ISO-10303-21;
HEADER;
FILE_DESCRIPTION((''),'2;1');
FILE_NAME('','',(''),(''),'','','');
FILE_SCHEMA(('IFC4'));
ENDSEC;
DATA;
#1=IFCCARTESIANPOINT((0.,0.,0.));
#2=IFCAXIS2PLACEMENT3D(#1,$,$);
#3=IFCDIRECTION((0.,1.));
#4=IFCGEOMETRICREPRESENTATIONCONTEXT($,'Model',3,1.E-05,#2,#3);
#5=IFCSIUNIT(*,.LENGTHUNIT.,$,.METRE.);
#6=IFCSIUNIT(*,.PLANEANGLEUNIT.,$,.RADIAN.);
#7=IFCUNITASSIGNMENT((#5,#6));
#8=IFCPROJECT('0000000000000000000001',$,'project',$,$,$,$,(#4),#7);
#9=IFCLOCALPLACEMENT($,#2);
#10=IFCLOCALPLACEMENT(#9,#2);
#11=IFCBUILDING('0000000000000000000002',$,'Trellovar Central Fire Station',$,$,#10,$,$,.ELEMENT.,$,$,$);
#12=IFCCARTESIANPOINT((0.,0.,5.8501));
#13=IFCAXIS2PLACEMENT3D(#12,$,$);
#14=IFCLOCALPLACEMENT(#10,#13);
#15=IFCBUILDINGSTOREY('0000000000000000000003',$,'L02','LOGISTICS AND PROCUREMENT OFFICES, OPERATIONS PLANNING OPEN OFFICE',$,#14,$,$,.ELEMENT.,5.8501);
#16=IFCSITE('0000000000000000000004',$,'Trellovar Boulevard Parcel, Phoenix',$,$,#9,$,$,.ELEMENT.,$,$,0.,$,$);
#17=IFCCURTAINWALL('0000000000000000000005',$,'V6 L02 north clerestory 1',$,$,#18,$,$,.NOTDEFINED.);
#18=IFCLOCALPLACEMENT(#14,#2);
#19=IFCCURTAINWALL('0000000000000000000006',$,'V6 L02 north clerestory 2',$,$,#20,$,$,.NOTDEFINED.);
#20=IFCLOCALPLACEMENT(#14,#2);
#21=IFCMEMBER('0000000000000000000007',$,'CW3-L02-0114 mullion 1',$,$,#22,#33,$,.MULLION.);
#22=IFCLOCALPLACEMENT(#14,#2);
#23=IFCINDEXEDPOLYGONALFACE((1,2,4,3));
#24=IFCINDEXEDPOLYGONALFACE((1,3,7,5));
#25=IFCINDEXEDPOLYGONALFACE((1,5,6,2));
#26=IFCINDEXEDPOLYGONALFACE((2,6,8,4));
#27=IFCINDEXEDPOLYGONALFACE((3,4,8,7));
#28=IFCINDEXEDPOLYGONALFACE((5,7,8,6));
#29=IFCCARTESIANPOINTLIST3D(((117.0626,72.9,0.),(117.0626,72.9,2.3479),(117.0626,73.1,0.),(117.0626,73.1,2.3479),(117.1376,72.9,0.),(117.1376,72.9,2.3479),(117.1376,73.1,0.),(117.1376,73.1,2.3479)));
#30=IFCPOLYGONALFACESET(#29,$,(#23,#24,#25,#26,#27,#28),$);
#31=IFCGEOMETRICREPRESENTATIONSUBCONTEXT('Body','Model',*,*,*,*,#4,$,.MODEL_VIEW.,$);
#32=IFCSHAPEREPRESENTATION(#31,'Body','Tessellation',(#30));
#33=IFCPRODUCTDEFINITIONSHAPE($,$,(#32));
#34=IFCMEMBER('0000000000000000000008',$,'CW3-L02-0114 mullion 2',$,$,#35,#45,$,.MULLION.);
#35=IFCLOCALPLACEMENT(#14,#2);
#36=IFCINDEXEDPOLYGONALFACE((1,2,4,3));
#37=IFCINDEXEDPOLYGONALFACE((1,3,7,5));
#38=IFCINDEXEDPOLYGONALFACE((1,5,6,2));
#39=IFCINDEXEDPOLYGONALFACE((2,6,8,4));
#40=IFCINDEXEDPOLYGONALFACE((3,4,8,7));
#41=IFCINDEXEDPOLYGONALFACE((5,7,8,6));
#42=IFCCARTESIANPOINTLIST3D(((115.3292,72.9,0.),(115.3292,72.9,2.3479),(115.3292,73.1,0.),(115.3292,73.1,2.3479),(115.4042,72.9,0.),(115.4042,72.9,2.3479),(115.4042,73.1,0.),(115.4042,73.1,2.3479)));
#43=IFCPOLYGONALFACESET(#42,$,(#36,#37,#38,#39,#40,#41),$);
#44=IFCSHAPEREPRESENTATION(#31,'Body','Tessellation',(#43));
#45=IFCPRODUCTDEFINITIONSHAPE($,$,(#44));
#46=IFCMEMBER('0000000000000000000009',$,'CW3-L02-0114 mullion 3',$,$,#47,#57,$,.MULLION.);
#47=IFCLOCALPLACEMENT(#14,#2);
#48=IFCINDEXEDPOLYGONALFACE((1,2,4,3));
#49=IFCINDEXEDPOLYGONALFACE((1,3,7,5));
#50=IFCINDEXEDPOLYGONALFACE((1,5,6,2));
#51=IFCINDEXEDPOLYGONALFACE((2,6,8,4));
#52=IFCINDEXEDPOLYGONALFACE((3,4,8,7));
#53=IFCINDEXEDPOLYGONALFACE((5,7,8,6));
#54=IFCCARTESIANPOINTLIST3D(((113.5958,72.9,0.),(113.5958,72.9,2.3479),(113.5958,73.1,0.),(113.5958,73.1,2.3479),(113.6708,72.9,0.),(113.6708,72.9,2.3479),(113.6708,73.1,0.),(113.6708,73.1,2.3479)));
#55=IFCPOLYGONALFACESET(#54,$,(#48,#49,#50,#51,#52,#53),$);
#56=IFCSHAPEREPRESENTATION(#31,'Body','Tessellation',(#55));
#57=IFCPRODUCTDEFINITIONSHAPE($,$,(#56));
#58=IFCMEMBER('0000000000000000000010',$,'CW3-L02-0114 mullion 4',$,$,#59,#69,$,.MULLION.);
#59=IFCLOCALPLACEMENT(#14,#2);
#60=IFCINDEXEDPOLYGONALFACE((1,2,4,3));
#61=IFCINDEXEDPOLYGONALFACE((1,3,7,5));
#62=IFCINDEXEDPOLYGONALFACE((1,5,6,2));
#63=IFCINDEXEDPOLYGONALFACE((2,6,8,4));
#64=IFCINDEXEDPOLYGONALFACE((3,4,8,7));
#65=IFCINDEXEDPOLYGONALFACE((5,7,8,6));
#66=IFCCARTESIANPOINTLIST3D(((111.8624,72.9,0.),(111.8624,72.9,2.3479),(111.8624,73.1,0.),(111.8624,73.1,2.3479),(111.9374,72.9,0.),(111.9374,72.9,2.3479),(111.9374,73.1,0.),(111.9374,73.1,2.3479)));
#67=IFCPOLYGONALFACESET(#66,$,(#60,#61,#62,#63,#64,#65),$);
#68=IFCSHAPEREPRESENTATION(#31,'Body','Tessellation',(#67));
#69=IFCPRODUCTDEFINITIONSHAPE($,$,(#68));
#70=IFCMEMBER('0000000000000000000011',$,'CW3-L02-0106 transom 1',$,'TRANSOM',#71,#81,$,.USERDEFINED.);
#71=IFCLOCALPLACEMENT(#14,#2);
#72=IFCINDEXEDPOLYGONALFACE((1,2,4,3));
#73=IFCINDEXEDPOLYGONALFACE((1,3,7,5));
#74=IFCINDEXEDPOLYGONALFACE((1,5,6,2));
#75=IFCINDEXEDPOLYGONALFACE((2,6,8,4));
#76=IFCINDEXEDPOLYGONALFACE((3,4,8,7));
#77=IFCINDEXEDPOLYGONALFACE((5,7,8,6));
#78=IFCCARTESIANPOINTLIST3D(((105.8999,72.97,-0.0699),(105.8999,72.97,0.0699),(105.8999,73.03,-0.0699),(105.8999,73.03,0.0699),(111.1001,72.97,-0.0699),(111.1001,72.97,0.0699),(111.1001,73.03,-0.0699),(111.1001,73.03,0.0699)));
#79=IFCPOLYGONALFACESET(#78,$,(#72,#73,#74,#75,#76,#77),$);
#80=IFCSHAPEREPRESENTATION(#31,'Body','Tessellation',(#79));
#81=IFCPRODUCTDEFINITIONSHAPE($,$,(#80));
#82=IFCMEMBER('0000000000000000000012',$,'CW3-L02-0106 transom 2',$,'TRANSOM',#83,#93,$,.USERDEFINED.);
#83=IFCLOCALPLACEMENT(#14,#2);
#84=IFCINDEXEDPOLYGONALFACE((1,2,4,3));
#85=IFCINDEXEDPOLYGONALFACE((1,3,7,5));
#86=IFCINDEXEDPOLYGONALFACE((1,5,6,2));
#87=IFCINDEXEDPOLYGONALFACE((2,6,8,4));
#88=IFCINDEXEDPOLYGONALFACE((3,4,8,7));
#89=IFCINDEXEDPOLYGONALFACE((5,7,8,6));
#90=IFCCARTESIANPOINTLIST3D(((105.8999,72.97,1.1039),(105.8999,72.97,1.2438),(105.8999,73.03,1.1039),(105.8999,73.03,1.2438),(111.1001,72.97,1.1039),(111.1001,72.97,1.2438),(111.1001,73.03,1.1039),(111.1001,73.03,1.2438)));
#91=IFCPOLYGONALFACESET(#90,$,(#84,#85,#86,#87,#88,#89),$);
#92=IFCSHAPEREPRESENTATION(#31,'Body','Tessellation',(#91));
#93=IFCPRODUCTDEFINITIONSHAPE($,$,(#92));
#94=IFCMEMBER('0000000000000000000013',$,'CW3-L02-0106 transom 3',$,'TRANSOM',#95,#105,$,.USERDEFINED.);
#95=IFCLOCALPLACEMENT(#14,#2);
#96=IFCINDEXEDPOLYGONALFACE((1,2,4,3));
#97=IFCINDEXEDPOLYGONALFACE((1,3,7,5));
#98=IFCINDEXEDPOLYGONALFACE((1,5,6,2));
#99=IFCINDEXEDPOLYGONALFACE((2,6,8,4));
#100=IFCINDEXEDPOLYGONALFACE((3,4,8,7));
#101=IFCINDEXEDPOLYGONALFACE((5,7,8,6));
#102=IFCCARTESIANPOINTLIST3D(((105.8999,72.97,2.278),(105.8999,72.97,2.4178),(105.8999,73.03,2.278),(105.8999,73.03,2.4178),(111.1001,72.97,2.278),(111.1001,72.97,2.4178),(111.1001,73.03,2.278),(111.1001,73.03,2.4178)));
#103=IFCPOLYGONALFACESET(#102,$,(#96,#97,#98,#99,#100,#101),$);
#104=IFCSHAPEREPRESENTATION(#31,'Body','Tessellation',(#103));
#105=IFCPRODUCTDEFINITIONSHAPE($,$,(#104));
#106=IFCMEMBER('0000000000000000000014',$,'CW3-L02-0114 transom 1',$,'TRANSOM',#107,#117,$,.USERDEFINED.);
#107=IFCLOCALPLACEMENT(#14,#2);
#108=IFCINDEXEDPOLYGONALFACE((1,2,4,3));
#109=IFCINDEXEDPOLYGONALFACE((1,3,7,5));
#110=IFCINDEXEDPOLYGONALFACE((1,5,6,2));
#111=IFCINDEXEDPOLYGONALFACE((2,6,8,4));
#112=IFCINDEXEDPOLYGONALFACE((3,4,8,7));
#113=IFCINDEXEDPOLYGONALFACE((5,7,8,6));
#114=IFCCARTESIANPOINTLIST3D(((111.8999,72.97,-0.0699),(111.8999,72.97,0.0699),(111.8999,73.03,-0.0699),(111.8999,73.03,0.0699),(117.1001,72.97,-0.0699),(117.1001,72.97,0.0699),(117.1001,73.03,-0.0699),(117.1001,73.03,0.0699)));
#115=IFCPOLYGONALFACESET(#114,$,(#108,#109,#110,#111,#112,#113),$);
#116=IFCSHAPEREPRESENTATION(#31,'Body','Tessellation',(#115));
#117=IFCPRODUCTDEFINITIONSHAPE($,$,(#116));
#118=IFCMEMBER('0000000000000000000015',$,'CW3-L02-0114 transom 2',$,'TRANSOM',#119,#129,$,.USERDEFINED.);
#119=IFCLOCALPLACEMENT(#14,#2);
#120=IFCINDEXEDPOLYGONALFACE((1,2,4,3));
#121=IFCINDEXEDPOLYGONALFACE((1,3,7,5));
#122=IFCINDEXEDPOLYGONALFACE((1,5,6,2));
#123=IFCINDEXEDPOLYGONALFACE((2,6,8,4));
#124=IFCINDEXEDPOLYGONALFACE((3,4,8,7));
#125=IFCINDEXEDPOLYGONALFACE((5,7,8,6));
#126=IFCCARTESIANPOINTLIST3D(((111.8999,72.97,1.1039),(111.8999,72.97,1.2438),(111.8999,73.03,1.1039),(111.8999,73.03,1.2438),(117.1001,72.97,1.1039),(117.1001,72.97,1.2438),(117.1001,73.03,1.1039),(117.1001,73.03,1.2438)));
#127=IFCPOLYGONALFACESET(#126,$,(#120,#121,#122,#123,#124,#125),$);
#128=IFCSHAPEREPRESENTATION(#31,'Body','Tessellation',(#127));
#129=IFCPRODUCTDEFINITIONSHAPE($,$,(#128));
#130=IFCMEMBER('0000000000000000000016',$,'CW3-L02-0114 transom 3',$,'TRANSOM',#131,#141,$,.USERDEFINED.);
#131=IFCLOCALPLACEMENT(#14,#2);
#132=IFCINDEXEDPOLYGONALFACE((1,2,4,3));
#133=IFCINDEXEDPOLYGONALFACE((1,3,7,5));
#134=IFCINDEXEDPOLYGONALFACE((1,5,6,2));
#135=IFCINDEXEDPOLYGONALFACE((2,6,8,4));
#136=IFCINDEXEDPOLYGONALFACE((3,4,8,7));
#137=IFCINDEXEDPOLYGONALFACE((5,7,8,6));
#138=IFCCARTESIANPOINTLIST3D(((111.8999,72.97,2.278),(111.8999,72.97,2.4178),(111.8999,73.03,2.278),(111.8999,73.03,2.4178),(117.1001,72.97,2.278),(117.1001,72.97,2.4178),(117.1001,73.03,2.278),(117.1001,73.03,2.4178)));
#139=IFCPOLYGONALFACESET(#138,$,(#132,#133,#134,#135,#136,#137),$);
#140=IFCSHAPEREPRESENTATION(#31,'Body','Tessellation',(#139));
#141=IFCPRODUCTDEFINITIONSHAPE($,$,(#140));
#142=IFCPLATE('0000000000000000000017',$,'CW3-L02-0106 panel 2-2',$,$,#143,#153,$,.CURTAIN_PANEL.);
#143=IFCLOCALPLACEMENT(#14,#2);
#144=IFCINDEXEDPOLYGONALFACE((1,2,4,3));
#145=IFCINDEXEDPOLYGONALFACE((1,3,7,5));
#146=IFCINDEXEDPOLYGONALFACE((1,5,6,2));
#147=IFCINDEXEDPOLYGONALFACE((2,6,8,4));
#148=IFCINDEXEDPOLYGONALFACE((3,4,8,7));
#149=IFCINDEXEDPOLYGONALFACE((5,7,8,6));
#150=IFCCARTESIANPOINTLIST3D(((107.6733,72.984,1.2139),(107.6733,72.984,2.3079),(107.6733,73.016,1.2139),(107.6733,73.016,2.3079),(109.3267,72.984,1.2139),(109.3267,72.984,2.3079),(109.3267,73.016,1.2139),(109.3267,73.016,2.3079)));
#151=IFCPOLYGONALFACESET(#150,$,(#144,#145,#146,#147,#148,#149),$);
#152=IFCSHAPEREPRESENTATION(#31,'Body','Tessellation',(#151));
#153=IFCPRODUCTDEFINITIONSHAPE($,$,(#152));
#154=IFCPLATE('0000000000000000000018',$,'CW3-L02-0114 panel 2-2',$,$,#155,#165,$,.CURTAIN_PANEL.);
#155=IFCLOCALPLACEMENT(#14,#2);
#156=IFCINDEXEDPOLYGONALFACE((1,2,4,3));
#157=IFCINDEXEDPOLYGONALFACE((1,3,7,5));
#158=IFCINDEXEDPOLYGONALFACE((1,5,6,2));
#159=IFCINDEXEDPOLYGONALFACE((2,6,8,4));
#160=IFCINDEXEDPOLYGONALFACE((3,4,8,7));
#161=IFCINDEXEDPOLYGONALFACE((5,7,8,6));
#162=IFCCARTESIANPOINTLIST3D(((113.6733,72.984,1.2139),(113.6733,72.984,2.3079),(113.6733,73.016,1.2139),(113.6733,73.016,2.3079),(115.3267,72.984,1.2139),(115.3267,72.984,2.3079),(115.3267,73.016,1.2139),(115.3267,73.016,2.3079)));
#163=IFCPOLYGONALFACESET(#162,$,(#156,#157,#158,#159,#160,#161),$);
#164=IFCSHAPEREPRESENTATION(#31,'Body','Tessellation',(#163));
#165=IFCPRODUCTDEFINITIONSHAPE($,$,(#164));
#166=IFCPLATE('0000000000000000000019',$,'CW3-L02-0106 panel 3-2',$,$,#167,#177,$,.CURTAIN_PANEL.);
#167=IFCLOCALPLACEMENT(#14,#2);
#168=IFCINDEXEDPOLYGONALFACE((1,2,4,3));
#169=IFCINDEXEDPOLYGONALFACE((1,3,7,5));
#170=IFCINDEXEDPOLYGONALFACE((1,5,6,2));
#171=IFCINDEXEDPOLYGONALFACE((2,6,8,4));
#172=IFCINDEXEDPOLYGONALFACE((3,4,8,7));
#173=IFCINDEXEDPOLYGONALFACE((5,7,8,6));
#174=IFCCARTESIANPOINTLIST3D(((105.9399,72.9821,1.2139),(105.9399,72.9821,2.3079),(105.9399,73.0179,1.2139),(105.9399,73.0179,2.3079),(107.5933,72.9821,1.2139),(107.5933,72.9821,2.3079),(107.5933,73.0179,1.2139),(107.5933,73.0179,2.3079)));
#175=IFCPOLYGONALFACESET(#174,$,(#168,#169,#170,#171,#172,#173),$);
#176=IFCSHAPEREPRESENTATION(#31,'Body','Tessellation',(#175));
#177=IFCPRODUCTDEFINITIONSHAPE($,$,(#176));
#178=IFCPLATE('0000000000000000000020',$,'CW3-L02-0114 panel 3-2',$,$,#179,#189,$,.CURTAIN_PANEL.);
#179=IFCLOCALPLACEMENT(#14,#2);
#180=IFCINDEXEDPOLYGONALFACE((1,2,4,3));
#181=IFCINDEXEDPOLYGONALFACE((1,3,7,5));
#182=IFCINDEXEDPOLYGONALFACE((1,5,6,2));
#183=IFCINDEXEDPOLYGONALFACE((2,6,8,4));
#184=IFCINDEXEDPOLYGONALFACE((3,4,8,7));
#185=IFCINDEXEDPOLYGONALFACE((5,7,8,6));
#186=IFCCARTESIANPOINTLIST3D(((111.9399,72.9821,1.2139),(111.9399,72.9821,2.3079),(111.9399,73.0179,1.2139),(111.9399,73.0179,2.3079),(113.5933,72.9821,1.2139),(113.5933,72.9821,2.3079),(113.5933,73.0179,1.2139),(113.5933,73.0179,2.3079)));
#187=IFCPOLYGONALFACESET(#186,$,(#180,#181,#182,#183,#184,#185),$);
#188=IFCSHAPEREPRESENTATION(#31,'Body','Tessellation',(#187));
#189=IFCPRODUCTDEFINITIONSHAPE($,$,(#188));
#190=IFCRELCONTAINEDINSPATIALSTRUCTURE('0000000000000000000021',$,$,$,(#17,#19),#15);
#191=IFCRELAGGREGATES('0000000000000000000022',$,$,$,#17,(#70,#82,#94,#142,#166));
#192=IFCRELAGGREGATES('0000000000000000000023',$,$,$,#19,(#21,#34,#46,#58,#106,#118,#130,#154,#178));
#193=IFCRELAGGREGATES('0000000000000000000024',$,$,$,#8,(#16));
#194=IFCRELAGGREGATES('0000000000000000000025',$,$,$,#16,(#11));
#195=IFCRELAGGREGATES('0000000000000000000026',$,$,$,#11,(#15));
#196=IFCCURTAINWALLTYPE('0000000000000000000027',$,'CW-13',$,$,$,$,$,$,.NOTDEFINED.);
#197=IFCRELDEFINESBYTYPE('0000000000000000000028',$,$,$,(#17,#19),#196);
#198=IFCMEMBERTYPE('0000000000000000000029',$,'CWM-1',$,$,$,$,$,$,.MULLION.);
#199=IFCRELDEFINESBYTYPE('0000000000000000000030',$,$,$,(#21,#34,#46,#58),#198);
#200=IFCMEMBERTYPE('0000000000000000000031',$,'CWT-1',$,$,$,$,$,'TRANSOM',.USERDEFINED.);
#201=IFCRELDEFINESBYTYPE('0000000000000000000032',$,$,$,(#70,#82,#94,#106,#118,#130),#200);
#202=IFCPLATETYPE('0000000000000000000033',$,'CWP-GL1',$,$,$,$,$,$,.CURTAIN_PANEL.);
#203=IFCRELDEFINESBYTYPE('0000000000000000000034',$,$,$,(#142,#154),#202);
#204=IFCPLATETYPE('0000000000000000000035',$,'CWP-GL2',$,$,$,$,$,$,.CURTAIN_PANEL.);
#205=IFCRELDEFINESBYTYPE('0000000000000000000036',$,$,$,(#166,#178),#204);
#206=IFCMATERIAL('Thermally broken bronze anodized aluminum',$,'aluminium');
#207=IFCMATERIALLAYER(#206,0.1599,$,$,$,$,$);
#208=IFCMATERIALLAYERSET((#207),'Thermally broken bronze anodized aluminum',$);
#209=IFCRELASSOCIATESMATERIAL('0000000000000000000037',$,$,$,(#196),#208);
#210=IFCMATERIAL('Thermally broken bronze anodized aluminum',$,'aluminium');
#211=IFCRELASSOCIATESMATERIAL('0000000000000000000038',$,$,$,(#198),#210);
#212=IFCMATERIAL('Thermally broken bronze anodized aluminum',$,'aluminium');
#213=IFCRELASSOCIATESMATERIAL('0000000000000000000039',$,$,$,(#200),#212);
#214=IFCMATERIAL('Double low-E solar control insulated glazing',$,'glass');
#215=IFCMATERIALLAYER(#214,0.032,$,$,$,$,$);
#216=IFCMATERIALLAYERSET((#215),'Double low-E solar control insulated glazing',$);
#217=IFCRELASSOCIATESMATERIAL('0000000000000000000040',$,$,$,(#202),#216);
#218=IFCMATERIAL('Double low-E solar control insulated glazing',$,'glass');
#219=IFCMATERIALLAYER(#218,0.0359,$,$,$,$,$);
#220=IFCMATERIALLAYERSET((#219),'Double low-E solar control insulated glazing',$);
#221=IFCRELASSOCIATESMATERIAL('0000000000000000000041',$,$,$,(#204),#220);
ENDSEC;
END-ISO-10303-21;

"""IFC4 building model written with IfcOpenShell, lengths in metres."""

from ifc_helpers import new_model, si_unit, direction, frame, origin, origin_2d, place, context, subcontext, project, spatial, rectangle, extrude, material, layer, layer_set, material_profile, profile_set, type_object, element, aggregate, save


model = new_model("IFC4")

# Units and contexts
model_context = context("Model", 3, precision=1e-05, world=origin(), true_north=direction((0.0, 1.0)))
body_context = subcontext(model_context, "Body", "Model", "MODEL_VIEW")
ifc_project = project(units=[si_unit("LENGTHUNIT", "METRE"), si_unit("PLANEANGLEUNIT", "RADIAN")], contexts=[model_context])

# Site, building, storey
site_placement = place(None, origin())
site = spatial("IfcSite", under=ifc_project, at=site_placement, Name="Trellovar Boulevard Parcel, Phoenix", CompositionType="ELEMENT", RefElevation=0.0)
building_placement = place(site_placement, origin())
building = spatial("IfcBuilding", under=site, at=building_placement, Name="Trellovar Central Fire Station", CompositionType="ELEMENT")
storey_placement = place(building_placement, frame((0.0, 0.0, 5.8501)))
storey = spatial("IfcBuildingStorey", under=building, at=storey_placement, Name="L02", Description="LOGISTICS AND PROCUREMENT OFFICES, OPERATIONS PLANNING OPEN OFFICE", CompositionType="ELEMENT", Elevation=5.8501)

# Curtain walls, members
ifc_material_1 = material(Name="Thermally broken bronze anodized aluminum", Category="aluminium")
ifc_layer_1 = layer(ifc_material_1, 0.1599)
ifc_layer_set_1 = layer_set([ifc_layer_1], Name="Thermally broken bronze anodized aluminum")
curtain_wall_type = type_object("IfcCurtainWallType", Name="CW-13", PredefinedType="NOTDEFINED", material=ifc_layer_set_1)
curtain_wall_1_placement = place(storey_placement, origin())
curtain_wall_1 = element("IfcCurtainWall", 1, at=curtain_wall_1_placement, inside=storey, type_object=curtain_wall_type, Name="V6 L02 north clerestory 1", PredefinedType="NOTDEFINED")
ifc_material_2 = material(Name="Thermally broken bronze anodized aluminum", Category="aluminium")
ifc_material_profile_1 = material_profile(ifc_material_2, rectangle(XDim=0.075, YDim=0.2, at=origin_2d()), Name="ALU75X200")
ifc_profile_set_1 = profile_set([ifc_material_profile_1], Name="Thermally broken bronze anodized aluminum")
member_type_1 = type_object("IfcMemberType", Name="CWM-1", PredefinedType="MULLION", material=ifc_profile_set_1)
curtain_wall_2_placement = place(storey_placement, origin())
curtain_wall_2 = element("IfcCurtainWall", 2, at=curtain_wall_2_placement, inside=storey, type_object=curtain_wall_type, Name="V6 L02 north clerestory 2", PredefinedType="NOTDEFINED")
member_1_placement = place(storey_placement, frame((117.1001, 73.0, 0.0), z_axis=(0.0, 0.0, 1.0), x_axis=(1.0, 0.0, 0.0)))
member_1 = element("IfcMember", 3, at=member_1_placement, type_object=member_type_1, Name="CW3-L02-0114 mullion 1", PredefinedType="MULLION", context=body_context, shape_type="SweptSolid", body=[
    extrude(rectangle(XDim=0.075, YDim=0.2, at=origin_2d()), origin(), (0.0, 0.0, 1.0), 2.3479),
])
member_2_placement = place(storey_placement, frame((115.3667, 73.0, 0.0), z_axis=(0.0, 0.0, 1.0), x_axis=(1.0, 0.0, 0.0)))
member_2 = element("IfcMember", 4, at=member_2_placement, type_object=member_type_1, Name="CW3-L02-0114 mullion 2", PredefinedType="MULLION", context=body_context, shape_type="SweptSolid", body=[
    extrude(rectangle(XDim=0.075, YDim=0.2, at=origin_2d()), origin(), (0.0, 0.0, 1.0), 2.3479),
])
member_3_placement = place(storey_placement, frame((113.6333, 73.0, 0.0), z_axis=(0.0, 0.0, 1.0), x_axis=(1.0, 0.0, 0.0)))
member_3 = element("IfcMember", 5, at=member_3_placement, type_object=member_type_1, Name="CW3-L02-0114 mullion 3", PredefinedType="MULLION", context=body_context, shape_type="SweptSolid", body=[
    extrude(rectangle(XDim=0.075, YDim=0.2, at=origin_2d()), origin(), (0.0, 0.0, 1.0), 2.3479),
])
member_4_placement = place(storey_placement, frame((111.8999, 73.0, 0.0), z_axis=(0.0, 0.0, 1.0), x_axis=(1.0, 0.0, 0.0)))
member_4 = element("IfcMember", 6, at=member_4_placement, type_object=member_type_1, Name="CW3-L02-0114 mullion 4", PredefinedType="MULLION", context=body_context, shape_type="SweptSolid", body=[
    extrude(rectangle(XDim=0.075, YDim=0.2, at=origin_2d()), origin(), (0.0, 0.0, 1.0), 2.3479),
])

# Members
ifc_material_3 = material(Name="Thermally broken bronze anodized aluminum", Category="aluminium")
ifc_material_profile_2 = material_profile(ifc_material_3, rectangle(XDim=0.0601, YDim=0.1399, at=origin_2d()), Name="ALU60X140")
ifc_profile_set_2 = profile_set([ifc_material_profile_2], Name="Thermally broken bronze anodized aluminum")
member_type_2 = type_object("IfcMemberType", Name="CWT-1", ElementType="TRANSOM", PredefinedType="USERDEFINED", material=ifc_profile_set_2)
member_5_placement = place(storey_placement, frame((111.1001, 73.0, 0.0), z_axis=(-1.0, 0.0, 0.0), x_axis=(0.0, -1.0, 0.0)))
member_5 = element("IfcMember", 7, at=member_5_placement, type_object=member_type_2, Name="CW3-L02-0106 transom 1", ObjectType="TRANSOM", PredefinedType="USERDEFINED", context=body_context, shape_type="SweptSolid", body=[
    extrude(rectangle(XDim=0.0601, YDim=0.1399, at=origin_2d()), origin(), (0.0, 0.0, 1.0), 5.2002),
])
member_6_placement = place(storey_placement, frame((111.1001, 73.0, 1.1738), z_axis=(-1.0, 0.0, 0.0), x_axis=(0.0, -1.0, 0.0)))
member_6 = element("IfcMember", 8, at=member_6_placement, type_object=member_type_2, Name="CW3-L02-0106 transom 2", ObjectType="TRANSOM", PredefinedType="USERDEFINED", context=body_context, shape_type="SweptSolid", body=[
    extrude(rectangle(XDim=0.0601, YDim=0.1399, at=origin_2d()), origin(), (0.0, 0.0, 1.0), 5.2002),
])
member_7_placement = place(storey_placement, frame((111.1001, 73.0, 2.3479), z_axis=(-1.0, 0.0, 0.0), x_axis=(0.0, -1.0, 0.0)))
member_7 = element("IfcMember", 9, at=member_7_placement, type_object=member_type_2, Name="CW3-L02-0106 transom 3", ObjectType="TRANSOM", PredefinedType="USERDEFINED", context=body_context, shape_type="SweptSolid", body=[
    extrude(rectangle(XDim=0.0601, YDim=0.1399, at=origin_2d()), origin(), (0.0, 0.0, 1.0), 5.2002),
])
member_8_placement = place(storey_placement, frame((117.1001, 73.0, 0.0), z_axis=(-1.0, 0.0, 0.0), x_axis=(0.0, -1.0, 0.0)))
member_8 = element("IfcMember", 10, at=member_8_placement, type_object=member_type_2, Name="CW3-L02-0114 transom 1", ObjectType="TRANSOM", PredefinedType="USERDEFINED", context=body_context, shape_type="SweptSolid", body=[
    extrude(rectangle(XDim=0.0601, YDim=0.1399, at=origin_2d()), origin(), (0.0, 0.0, 1.0), 5.2002),
])
member_9_placement = place(storey_placement, frame((117.1001, 73.0, 1.1738), z_axis=(-1.0, 0.0, 0.0), x_axis=(0.0, -1.0, 0.0)))
member_9 = element("IfcMember", 11, at=member_9_placement, type_object=member_type_2, Name="CW3-L02-0114 transom 2", ObjectType="TRANSOM", PredefinedType="USERDEFINED", context=body_context, shape_type="SweptSolid", body=[
    extrude(rectangle(XDim=0.0601, YDim=0.1399, at=origin_2d()), origin(), (0.0, 0.0, 1.0), 5.2002),
])
member_10_placement = place(storey_placement, frame((117.1001, 73.0, 2.3479), z_axis=(-1.0, 0.0, 0.0), x_axis=(0.0, -1.0, 0.0)))
member_10 = element("IfcMember", 12, at=member_10_placement, type_object=member_type_2, Name="CW3-L02-0114 transom 3", ObjectType="TRANSOM", PredefinedType="USERDEFINED", context=body_context, shape_type="SweptSolid", body=[
    extrude(rectangle(XDim=0.0601, YDim=0.1399, at=origin_2d()), origin(), (0.0, 0.0, 1.0), 5.2002),
])

# Plates
ifc_material_4 = material(Name="Double low-E solar control insulated glazing", Category="glass")
ifc_layer_2 = layer(ifc_material_4, 0.032)
ifc_layer_set_2 = layer_set([ifc_layer_2], Name="Double low-E solar control insulated glazing")
plate_type_1 = type_object("IfcPlateType", Name="CWP-GL1", PredefinedType="CURTAIN_PANEL", material=ifc_layer_set_2)
plate_1_placement = place(storey_placement, frame((108.5, 73.0, 1.2139), z_axis=(0.0, 0.0, 1.0), x_axis=(-1.0, 0.0, 0.0)))
plate_1 = element("IfcPlate", 13, at=plate_1_placement, type_object=plate_type_1, Name="CW3-L02-0106 panel 2-2", PredefinedType="CURTAIN_PANEL", context=body_context, shape_type="SweptSolid", body=[
    extrude(rectangle(XDim=1.6533, YDim=0.032, at=origin_2d()), origin(), (0.0, 0.0, 1.0), 1.094),
])
plate_2_placement = place(storey_placement, frame((114.5, 73.0, 1.2139), z_axis=(0.0, 0.0, 1.0), x_axis=(-1.0, 0.0, 0.0)))
plate_2 = element("IfcPlate", 14, at=plate_2_placement, type_object=plate_type_1, Name="CW3-L02-0114 panel 2-2", PredefinedType="CURTAIN_PANEL", context=body_context, shape_type="SweptSolid", body=[
    extrude(rectangle(XDim=1.6533, YDim=0.032, at=origin_2d()), origin(), (0.0, 0.0, 1.0), 1.094),
])
ifc_material_5 = material(Name="Double low-E solar control insulated glazing", Category="glass")
ifc_layer_3 = layer(ifc_material_5, 0.0359)
ifc_layer_set_3 = layer_set([ifc_layer_3], Name="Double low-E solar control insulated glazing")
plate_type_2 = type_object("IfcPlateType", Name="CWP-GL2", PredefinedType="CURTAIN_PANEL", material=ifc_layer_set_3)
plate_3_placement = place(storey_placement, frame((106.7666, 73.0, 1.2139), z_axis=(0.0, 0.0, 1.0), x_axis=(-1.0, 0.0, 0.0)))
plate_3 = element("IfcPlate", 15, at=plate_3_placement, type_object=plate_type_2, Name="CW3-L02-0106 panel 3-2", PredefinedType="CURTAIN_PANEL", context=body_context, shape_type="SweptSolid", body=[
    extrude(rectangle(XDim=1.6533, YDim=0.0359, at=origin_2d()), origin(), (0.0, 0.0, 1.0), 1.094),
])
plate_4_placement = place(storey_placement, frame((112.7666, 73.0, 1.2139), z_axis=(0.0, 0.0, 1.0), x_axis=(-1.0, 0.0, 0.0)))
plate_4 = element("IfcPlate", 16, at=plate_4_placement, type_object=plate_type_2, Name="CW3-L02-0114 panel 3-2", PredefinedType="CURTAIN_PANEL", context=body_context, shape_type="SweptSolid", body=[
    extrude(rectangle(XDim=1.6533, YDim=0.0359, at=origin_2d()), origin(), (0.0, 0.0, 1.0), 1.094),
])
aggregate(curtain_wall_1, [member_5, member_6, member_7, plate_1, plate_3])
aggregate(curtain_wall_2, [member_1, member_2, member_3, member_4, member_8, member_9, member_10, plate_2, plate_4])

save(model, "model.ifc")
